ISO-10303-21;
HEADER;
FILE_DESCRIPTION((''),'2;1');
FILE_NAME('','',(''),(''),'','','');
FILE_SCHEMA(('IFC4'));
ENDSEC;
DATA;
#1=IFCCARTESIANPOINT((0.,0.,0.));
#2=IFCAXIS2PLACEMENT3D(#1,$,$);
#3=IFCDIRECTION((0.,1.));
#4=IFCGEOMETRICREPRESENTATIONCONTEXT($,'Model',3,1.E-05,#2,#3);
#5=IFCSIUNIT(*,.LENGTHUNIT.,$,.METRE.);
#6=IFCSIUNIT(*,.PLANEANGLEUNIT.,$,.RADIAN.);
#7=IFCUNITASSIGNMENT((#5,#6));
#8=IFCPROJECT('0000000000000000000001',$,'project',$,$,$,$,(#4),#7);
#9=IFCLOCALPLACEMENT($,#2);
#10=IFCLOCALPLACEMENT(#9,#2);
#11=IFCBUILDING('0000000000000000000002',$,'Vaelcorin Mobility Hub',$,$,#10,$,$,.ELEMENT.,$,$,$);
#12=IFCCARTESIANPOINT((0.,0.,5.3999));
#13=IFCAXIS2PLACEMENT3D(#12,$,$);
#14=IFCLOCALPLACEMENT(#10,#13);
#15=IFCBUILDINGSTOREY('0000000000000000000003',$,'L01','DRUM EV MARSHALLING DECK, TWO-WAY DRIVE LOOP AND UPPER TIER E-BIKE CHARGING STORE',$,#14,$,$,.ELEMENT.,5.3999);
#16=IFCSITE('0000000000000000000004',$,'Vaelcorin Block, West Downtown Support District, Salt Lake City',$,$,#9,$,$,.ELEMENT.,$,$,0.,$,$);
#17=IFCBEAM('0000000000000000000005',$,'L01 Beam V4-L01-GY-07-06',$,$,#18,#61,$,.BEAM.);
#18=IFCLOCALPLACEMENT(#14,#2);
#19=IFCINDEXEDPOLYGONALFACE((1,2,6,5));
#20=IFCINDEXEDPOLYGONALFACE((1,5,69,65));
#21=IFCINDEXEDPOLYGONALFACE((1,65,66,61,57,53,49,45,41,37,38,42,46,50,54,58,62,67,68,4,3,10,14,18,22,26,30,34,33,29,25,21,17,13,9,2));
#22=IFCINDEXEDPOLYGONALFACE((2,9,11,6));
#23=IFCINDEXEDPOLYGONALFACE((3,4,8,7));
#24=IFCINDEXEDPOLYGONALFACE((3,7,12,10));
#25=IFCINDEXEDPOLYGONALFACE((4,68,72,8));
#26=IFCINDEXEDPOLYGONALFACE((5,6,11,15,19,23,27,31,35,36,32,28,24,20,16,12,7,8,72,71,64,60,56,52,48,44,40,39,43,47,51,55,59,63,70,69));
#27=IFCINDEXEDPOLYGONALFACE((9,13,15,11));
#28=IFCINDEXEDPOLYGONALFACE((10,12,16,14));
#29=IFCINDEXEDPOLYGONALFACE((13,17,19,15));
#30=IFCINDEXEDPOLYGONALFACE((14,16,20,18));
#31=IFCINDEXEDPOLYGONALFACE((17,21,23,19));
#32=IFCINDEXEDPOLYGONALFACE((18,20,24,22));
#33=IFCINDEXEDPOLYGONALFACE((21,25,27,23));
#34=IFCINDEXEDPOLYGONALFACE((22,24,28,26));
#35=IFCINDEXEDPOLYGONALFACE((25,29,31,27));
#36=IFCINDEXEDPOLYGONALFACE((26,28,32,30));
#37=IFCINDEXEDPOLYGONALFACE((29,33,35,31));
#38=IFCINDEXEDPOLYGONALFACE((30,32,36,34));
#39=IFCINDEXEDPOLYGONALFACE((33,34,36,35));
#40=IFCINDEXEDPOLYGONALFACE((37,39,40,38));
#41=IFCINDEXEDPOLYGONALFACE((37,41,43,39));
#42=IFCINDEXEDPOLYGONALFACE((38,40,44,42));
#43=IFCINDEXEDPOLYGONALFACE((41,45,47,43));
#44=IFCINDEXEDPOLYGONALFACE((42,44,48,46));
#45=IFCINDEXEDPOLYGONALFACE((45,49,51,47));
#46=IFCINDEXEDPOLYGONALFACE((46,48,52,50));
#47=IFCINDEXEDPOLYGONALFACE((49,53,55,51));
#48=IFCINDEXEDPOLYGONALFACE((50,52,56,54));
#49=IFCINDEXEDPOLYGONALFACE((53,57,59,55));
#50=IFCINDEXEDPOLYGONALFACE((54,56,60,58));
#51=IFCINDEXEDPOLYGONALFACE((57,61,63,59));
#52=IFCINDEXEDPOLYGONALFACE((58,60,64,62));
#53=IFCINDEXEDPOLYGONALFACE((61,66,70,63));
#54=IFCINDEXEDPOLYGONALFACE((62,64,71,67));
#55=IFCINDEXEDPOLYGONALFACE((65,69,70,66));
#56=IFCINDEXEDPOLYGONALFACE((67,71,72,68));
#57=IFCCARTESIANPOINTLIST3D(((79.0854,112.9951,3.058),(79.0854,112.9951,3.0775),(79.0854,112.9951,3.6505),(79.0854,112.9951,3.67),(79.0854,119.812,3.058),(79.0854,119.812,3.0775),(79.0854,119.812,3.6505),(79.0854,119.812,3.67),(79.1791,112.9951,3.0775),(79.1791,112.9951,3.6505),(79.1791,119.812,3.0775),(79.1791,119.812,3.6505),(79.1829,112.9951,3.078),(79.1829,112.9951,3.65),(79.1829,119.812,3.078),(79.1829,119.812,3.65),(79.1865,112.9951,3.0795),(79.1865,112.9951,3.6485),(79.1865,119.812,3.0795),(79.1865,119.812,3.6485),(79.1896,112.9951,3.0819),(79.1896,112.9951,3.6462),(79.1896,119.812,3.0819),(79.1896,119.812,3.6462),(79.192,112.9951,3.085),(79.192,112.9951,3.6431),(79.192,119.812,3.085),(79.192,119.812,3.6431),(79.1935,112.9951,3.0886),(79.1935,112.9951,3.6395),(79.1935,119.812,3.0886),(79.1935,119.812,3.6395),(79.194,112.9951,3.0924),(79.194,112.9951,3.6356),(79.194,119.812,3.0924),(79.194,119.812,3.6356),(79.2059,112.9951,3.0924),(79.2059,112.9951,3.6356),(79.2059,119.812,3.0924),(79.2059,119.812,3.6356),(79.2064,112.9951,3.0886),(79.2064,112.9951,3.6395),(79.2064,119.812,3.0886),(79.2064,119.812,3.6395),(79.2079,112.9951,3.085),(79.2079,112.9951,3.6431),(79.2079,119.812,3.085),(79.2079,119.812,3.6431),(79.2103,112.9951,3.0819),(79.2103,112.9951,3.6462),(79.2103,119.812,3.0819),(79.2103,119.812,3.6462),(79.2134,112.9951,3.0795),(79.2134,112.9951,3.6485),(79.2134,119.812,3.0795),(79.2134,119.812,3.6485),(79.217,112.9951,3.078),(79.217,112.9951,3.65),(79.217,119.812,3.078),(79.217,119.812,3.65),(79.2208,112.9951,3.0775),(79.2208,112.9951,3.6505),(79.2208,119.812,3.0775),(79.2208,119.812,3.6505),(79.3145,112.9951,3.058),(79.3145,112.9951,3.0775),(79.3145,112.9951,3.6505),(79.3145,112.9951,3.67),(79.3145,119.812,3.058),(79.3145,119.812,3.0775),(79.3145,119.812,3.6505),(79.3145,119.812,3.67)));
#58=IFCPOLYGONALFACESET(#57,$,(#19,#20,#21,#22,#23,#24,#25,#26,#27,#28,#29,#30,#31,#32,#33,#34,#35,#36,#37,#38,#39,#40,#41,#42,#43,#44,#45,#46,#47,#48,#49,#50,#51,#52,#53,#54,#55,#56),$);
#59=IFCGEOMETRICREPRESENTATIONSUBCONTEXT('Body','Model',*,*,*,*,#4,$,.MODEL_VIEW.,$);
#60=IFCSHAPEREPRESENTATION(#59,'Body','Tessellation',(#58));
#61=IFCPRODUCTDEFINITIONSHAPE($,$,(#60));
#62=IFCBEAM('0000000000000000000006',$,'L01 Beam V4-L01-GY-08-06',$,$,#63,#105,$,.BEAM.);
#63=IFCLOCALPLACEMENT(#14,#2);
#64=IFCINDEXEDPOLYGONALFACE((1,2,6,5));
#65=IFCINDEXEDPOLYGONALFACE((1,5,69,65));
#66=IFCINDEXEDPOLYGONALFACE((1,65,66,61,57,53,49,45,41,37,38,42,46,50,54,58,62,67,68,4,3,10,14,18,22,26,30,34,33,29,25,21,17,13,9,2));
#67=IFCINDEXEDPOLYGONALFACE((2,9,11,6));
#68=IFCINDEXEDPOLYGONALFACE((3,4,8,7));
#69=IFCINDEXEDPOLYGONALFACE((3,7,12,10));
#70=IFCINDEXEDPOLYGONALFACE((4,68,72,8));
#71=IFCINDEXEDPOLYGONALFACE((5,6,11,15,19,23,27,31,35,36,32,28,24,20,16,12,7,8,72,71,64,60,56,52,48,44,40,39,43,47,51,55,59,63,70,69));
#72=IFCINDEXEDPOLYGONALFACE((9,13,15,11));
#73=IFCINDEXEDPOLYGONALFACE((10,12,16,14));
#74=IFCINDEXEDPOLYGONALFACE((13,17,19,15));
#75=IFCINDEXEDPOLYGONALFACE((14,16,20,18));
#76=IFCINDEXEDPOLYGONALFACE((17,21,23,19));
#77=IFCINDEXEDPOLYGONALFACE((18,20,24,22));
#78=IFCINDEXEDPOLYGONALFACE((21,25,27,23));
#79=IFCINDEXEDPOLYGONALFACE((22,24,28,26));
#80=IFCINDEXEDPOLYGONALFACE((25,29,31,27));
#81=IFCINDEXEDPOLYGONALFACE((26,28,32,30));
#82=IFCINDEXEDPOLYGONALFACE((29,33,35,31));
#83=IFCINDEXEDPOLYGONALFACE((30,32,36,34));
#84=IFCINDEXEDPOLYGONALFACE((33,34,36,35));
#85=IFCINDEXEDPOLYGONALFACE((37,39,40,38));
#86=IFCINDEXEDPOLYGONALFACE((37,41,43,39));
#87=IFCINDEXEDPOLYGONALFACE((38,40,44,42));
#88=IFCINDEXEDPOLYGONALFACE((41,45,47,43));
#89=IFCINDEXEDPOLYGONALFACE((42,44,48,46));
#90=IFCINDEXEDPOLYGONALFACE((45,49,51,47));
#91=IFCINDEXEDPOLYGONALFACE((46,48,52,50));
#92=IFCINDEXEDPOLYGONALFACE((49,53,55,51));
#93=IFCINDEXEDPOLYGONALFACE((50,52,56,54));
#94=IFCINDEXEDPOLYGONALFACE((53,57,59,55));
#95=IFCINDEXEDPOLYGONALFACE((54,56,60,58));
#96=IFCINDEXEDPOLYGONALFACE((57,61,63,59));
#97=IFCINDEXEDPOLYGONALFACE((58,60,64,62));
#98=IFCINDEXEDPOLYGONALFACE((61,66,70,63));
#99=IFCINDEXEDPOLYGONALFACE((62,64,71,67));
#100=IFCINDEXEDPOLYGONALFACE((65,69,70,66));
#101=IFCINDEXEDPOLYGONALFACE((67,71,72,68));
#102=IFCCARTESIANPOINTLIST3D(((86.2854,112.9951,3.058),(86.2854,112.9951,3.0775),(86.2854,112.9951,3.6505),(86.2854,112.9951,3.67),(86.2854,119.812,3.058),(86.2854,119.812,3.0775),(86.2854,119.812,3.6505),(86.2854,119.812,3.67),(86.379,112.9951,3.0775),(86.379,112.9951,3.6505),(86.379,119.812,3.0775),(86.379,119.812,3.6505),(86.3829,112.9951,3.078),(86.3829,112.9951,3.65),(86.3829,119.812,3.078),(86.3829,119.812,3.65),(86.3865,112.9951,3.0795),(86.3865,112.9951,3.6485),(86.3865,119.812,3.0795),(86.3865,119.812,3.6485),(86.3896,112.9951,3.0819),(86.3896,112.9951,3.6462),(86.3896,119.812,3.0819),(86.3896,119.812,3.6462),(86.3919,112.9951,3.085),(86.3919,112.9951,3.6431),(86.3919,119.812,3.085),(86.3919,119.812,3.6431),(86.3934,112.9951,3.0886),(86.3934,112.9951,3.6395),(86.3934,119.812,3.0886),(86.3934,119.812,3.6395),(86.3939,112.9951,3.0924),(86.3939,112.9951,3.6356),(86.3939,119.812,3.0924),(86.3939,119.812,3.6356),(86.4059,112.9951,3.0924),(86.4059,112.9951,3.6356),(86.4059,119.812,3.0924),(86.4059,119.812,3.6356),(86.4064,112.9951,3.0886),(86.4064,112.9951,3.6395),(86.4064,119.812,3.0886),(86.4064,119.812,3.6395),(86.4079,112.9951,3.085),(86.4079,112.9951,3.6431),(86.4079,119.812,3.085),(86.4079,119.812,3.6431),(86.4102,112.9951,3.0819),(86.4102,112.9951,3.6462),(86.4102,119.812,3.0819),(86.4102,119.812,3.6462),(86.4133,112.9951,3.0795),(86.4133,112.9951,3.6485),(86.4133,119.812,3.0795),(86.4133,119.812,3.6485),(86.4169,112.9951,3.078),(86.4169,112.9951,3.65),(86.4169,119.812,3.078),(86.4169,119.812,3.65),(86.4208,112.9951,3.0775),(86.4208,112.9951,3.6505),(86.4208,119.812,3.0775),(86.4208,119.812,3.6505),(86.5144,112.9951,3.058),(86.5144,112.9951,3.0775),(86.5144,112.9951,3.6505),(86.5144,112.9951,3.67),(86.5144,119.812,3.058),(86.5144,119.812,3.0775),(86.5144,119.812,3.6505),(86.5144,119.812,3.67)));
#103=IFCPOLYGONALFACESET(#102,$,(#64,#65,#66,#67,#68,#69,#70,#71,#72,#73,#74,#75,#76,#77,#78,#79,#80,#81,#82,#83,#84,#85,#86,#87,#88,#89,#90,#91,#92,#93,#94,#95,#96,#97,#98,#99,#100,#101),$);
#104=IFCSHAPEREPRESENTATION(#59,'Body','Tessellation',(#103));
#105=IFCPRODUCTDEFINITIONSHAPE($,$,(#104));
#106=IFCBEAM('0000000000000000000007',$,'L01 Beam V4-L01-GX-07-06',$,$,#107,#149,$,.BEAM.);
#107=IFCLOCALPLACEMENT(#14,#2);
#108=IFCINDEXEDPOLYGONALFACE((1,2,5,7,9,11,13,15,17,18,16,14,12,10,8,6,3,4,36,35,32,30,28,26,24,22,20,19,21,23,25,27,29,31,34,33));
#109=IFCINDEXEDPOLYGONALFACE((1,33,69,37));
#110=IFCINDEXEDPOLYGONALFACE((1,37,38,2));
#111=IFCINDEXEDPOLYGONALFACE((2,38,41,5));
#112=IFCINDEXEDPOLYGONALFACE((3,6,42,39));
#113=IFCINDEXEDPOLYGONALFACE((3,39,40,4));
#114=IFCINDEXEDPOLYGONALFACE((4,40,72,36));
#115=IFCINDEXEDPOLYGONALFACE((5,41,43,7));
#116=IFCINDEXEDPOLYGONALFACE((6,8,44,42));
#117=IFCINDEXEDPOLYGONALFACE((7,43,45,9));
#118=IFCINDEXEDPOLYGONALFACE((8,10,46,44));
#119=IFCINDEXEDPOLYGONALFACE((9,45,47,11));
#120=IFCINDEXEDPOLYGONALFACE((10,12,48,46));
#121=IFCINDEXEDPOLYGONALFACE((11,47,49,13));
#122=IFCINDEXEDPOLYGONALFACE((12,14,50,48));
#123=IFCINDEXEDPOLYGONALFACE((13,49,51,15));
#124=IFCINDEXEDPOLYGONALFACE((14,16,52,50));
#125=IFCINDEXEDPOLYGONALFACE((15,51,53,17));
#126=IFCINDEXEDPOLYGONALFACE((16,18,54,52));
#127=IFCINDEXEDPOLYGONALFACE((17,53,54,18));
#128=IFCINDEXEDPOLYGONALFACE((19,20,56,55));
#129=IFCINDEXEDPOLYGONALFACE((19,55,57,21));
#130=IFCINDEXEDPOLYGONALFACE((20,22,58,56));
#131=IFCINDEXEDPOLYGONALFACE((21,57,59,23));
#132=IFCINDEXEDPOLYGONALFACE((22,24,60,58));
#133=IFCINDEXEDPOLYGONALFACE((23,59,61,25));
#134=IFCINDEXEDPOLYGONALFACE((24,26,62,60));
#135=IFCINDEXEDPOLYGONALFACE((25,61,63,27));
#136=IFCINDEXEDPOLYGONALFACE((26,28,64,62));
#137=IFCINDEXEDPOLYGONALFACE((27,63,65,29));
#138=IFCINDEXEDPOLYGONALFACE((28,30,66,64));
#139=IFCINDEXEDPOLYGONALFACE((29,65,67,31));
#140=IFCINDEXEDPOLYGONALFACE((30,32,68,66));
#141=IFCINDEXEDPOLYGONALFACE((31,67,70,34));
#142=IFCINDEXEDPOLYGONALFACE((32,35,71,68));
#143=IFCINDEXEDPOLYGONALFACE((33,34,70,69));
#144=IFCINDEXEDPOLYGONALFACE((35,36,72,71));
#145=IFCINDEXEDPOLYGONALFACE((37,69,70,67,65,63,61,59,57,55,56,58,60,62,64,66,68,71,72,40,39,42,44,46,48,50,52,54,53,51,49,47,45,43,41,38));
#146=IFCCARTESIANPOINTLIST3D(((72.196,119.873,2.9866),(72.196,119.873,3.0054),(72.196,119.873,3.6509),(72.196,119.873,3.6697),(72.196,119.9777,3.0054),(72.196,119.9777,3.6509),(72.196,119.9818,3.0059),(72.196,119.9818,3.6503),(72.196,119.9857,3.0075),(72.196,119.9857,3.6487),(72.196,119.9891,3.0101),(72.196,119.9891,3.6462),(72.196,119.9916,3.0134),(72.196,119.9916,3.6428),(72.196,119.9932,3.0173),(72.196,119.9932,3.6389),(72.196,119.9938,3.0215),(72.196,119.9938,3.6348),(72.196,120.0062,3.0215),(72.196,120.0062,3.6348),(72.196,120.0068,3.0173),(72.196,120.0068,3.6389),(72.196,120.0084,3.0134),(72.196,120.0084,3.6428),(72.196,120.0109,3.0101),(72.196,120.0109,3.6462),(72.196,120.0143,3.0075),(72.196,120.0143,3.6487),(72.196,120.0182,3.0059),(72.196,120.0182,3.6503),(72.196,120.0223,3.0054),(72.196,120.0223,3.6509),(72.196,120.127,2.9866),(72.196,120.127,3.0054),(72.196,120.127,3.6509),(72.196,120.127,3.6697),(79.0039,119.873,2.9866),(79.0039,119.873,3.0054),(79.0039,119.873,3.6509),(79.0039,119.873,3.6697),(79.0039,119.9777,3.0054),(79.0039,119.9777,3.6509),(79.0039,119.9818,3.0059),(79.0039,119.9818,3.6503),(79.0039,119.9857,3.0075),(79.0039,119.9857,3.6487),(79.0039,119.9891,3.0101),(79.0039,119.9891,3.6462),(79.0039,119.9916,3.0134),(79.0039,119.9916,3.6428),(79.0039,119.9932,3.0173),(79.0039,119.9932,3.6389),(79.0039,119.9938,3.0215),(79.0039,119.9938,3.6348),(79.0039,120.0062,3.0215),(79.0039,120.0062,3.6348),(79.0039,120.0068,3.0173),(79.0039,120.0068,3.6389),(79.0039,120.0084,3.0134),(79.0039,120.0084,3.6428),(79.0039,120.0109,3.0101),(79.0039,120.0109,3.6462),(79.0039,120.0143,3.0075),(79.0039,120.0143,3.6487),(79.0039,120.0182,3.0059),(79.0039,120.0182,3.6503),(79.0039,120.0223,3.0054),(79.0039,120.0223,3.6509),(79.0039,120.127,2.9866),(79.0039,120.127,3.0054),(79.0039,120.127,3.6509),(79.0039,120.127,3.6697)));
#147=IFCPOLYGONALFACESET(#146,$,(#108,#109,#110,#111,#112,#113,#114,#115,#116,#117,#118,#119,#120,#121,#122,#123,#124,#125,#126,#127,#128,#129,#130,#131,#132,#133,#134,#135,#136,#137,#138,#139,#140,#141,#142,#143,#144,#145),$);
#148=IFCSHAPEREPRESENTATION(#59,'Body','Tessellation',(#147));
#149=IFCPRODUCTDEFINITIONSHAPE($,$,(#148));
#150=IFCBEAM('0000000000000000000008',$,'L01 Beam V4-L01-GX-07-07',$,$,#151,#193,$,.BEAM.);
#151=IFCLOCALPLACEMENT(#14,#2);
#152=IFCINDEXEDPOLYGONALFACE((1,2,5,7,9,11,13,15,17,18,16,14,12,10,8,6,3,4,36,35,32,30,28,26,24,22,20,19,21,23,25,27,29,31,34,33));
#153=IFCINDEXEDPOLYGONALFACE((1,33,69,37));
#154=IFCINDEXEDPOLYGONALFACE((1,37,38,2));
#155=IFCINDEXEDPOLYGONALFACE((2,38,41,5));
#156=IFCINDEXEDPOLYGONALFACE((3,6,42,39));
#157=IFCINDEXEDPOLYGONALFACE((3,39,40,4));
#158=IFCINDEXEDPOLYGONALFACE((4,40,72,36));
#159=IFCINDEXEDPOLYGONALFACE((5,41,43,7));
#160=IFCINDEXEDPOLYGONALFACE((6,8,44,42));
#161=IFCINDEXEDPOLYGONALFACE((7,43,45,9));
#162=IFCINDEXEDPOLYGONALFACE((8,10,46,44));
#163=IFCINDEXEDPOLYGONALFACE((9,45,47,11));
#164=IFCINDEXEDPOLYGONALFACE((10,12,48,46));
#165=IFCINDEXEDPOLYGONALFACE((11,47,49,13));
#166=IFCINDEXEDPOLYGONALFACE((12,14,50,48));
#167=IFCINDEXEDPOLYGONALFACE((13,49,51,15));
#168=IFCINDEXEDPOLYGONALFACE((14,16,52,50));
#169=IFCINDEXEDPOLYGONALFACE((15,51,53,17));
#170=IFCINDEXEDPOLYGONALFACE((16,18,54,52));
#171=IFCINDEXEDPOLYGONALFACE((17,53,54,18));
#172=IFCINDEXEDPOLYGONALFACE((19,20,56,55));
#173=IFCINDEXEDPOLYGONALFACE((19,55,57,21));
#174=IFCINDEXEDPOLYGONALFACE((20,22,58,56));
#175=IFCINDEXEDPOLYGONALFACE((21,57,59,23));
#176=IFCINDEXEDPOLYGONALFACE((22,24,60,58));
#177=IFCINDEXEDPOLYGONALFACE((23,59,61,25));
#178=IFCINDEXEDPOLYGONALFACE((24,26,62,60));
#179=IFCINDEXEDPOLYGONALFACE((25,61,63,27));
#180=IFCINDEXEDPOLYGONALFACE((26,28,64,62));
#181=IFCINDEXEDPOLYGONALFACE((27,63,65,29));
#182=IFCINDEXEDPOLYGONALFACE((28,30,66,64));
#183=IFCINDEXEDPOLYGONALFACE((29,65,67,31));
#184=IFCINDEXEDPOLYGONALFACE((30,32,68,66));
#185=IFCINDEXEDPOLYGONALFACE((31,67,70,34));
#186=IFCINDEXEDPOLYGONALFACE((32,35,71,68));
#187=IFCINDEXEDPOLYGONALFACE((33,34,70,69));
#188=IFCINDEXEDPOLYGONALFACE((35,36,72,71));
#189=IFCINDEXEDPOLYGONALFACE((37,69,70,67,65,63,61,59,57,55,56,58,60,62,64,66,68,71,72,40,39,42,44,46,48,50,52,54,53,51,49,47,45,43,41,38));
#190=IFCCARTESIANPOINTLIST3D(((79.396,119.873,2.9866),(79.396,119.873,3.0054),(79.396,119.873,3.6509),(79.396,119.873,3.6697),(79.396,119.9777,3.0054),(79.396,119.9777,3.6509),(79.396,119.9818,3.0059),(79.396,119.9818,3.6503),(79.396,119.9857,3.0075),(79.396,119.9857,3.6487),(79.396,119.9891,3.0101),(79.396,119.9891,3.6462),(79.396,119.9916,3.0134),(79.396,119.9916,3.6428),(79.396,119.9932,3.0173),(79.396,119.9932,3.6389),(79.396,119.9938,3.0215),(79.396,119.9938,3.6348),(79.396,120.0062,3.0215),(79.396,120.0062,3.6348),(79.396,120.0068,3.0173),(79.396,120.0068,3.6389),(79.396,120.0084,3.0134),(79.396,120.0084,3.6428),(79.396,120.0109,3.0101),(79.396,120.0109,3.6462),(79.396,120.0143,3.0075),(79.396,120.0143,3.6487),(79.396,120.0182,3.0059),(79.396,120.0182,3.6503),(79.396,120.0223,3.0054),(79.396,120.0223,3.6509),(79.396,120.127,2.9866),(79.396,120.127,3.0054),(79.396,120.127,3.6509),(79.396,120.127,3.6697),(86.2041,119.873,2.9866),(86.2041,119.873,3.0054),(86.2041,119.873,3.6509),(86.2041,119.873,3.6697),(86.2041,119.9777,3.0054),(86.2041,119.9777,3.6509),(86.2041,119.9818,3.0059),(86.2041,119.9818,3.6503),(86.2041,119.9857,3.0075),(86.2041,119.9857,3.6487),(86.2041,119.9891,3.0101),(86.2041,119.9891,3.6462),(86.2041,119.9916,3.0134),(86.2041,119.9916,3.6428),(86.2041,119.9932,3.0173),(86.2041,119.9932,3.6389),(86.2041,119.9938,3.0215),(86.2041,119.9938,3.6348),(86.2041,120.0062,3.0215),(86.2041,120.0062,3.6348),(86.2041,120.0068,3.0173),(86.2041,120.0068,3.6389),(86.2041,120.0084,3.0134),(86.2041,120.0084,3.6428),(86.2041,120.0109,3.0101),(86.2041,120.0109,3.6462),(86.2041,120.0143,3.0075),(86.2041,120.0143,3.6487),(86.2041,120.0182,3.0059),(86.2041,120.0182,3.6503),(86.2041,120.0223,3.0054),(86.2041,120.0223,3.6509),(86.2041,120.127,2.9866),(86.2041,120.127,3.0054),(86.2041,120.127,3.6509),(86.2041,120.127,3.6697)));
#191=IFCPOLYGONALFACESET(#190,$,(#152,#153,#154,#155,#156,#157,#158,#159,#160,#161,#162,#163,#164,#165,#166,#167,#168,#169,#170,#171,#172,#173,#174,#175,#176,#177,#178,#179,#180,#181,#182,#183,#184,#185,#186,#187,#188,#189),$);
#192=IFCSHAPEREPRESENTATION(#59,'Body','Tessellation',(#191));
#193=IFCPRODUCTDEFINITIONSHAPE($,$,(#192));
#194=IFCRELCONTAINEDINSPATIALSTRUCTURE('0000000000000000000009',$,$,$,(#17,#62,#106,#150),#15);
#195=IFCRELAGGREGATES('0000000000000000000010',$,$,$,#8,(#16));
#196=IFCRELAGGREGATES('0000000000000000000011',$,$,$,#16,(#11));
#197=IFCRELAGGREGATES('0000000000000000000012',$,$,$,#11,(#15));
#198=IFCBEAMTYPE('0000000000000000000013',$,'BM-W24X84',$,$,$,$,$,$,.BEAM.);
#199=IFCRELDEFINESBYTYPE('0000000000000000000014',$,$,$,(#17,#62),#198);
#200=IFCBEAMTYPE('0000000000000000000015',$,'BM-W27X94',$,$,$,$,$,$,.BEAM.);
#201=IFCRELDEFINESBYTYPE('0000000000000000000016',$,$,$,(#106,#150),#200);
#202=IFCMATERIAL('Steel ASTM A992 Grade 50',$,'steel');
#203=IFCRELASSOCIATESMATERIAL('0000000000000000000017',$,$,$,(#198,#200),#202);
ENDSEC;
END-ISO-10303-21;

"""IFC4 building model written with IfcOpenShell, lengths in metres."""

from ifc_helpers import new_model, si_unit, direction, frame, origin, origin_2d, place, context, subcontext, project, spatial, i_section, extrude, material, material_profile, profile_set, type_object, element, save


model = new_model("IFC4")

# Units and contexts
model_context = context("Model", 3, precision=1e-05, world=origin(), true_north=direction((0.0, 1.0)))
body_context = subcontext(model_context, "Body", "Model", "MODEL_VIEW")
ifc_project = project(units=[si_unit("LENGTHUNIT", "METRE"), si_unit("PLANEANGLEUNIT", "RADIAN")], contexts=[model_context])

# Site, building, storey
site_placement = place(None, origin())
site = spatial("IfcSite", under=ifc_project, at=site_placement, Name="Vaelcorin Block, West Downtown Support District, Salt Lake City", CompositionType="ELEMENT", RefElevation=0.0)
building_placement = place(site_placement, origin())
building = spatial("IfcBuilding", under=site, at=building_placement, Name="Vaelcorin Mobility Hub", CompositionType="ELEMENT")
storey_placement = place(building_placement, frame((0.0, 0.0, 5.3999)))
storey = spatial("IfcBuildingStorey", under=building, at=storey_placement, Name="L01", Description="DRUM EV MARSHALLING DECK, TWO-WAY DRIVE LOOP AND UPPER TIER E-BIKE CHARGING STORE", CompositionType="ELEMENT", Elevation=5.3999)

# Shared definitions
ifc_material_1 = material(Name="Steel ASTM A992 Grade 50", Category="steel")

# Beams
ifc_material_profile_1 = material_profile(ifc_material_1, i_section(OverallWidth=0.229, OverallDepth=0.6121, WebThickness=0.012, FlangeThickness=0.0195, FilletRadius=0.0149, at=origin_2d()), Name="W24X84")
ifc_profile_set_1 = profile_set([ifc_material_profile_1], Name="Steel ASTM A992 Grade 50")
beam_type_1 = type_object("IfcBeamType", Name="BM-W24X84", PredefinedType="BEAM", material=ifc_profile_set_1)
for number, where, z_axis, x_axis, name in (
    (1, (79.2, 112.9951, 3.364), (0.0, 1.0, 0.0), (-1.0, 0.0, 0.0), "L01 Beam V4-L01-GY-07-06"),
    (2, (86.3999, 112.9951, 3.364), (0.0, 1.0, 0.0), (-1.0, 0.0, 0.0), "L01 Beam V4-L01-GY-08-06"),
):
    element("IfcBeam", number, at=place(storey_placement, frame(where, z_axis=z_axis, x_axis=x_axis)), inside=storey, type_object=beam_type_1, Name=name, PredefinedType="BEAM", context=body_context, shape_type="SweptSolid", body=[
        extrude(i_section(OverallWidth=0.229, OverallDepth=0.6121, WebThickness=0.012, FlangeThickness=0.0195, FilletRadius=0.0149, at=origin_2d()), origin(), (0.0, 0.0, 1.0), 6.8169),
    ])
ifc_material_profile_2 = material_profile(ifc_material_1, i_section(OverallWidth=0.2539, OverallDepth=0.6831, WebThickness=0.0125, FlangeThickness=0.0188, FilletRadius=0.0161, at=origin_2d()), Name="W27X94")
ifc_profile_set_2 = profile_set([ifc_material_profile_2], Name="Steel ASTM A992 Grade 50")
beam_type_2 = type_object("IfcBeamType", Name="BM-W27X94", PredefinedType="BEAM", material=ifc_profile_set_2)
beam_1_placement = place(storey_placement, frame((72.196, 120.0, 3.3281), z_axis=(1.0, 0.0, 0.0), x_axis=(0.0, 1.0, 0.0)))
element("IfcBeam", 3, at=beam_1_placement, inside=storey, type_object=beam_type_2, Name="L01 Beam V4-L01-GX-07-06", PredefinedType="BEAM", context=body_context, shape_type="SweptSolid", body=[
    extrude(i_section(OverallWidth=0.2539, OverallDepth=0.6831, WebThickness=0.0125, FlangeThickness=0.0188, FilletRadius=0.0161, at=origin_2d()), origin(), (0.0, 0.0, 1.0), 6.8079),
])
beam_2_placement = place(storey_placement, frame((79.396, 120.0, 3.3281), z_axis=(1.0, 0.0, 0.0), x_axis=(0.0, 1.0, 0.0)))
element("IfcBeam", 4, at=beam_2_placement, inside=storey, type_object=beam_type_2, Name="L01 Beam V4-L01-GX-07-07", PredefinedType="BEAM", context=body_context, shape_type="SweptSolid", body=[
    extrude(i_section(OverallWidth=0.2539, OverallDepth=0.6831, WebThickness=0.0125, FlangeThickness=0.0188, FilletRadius=0.0161, at=origin_2d()), origin(), (0.0, 0.0, 1.0), 6.8081),
])

save(model, "model.ifc")
